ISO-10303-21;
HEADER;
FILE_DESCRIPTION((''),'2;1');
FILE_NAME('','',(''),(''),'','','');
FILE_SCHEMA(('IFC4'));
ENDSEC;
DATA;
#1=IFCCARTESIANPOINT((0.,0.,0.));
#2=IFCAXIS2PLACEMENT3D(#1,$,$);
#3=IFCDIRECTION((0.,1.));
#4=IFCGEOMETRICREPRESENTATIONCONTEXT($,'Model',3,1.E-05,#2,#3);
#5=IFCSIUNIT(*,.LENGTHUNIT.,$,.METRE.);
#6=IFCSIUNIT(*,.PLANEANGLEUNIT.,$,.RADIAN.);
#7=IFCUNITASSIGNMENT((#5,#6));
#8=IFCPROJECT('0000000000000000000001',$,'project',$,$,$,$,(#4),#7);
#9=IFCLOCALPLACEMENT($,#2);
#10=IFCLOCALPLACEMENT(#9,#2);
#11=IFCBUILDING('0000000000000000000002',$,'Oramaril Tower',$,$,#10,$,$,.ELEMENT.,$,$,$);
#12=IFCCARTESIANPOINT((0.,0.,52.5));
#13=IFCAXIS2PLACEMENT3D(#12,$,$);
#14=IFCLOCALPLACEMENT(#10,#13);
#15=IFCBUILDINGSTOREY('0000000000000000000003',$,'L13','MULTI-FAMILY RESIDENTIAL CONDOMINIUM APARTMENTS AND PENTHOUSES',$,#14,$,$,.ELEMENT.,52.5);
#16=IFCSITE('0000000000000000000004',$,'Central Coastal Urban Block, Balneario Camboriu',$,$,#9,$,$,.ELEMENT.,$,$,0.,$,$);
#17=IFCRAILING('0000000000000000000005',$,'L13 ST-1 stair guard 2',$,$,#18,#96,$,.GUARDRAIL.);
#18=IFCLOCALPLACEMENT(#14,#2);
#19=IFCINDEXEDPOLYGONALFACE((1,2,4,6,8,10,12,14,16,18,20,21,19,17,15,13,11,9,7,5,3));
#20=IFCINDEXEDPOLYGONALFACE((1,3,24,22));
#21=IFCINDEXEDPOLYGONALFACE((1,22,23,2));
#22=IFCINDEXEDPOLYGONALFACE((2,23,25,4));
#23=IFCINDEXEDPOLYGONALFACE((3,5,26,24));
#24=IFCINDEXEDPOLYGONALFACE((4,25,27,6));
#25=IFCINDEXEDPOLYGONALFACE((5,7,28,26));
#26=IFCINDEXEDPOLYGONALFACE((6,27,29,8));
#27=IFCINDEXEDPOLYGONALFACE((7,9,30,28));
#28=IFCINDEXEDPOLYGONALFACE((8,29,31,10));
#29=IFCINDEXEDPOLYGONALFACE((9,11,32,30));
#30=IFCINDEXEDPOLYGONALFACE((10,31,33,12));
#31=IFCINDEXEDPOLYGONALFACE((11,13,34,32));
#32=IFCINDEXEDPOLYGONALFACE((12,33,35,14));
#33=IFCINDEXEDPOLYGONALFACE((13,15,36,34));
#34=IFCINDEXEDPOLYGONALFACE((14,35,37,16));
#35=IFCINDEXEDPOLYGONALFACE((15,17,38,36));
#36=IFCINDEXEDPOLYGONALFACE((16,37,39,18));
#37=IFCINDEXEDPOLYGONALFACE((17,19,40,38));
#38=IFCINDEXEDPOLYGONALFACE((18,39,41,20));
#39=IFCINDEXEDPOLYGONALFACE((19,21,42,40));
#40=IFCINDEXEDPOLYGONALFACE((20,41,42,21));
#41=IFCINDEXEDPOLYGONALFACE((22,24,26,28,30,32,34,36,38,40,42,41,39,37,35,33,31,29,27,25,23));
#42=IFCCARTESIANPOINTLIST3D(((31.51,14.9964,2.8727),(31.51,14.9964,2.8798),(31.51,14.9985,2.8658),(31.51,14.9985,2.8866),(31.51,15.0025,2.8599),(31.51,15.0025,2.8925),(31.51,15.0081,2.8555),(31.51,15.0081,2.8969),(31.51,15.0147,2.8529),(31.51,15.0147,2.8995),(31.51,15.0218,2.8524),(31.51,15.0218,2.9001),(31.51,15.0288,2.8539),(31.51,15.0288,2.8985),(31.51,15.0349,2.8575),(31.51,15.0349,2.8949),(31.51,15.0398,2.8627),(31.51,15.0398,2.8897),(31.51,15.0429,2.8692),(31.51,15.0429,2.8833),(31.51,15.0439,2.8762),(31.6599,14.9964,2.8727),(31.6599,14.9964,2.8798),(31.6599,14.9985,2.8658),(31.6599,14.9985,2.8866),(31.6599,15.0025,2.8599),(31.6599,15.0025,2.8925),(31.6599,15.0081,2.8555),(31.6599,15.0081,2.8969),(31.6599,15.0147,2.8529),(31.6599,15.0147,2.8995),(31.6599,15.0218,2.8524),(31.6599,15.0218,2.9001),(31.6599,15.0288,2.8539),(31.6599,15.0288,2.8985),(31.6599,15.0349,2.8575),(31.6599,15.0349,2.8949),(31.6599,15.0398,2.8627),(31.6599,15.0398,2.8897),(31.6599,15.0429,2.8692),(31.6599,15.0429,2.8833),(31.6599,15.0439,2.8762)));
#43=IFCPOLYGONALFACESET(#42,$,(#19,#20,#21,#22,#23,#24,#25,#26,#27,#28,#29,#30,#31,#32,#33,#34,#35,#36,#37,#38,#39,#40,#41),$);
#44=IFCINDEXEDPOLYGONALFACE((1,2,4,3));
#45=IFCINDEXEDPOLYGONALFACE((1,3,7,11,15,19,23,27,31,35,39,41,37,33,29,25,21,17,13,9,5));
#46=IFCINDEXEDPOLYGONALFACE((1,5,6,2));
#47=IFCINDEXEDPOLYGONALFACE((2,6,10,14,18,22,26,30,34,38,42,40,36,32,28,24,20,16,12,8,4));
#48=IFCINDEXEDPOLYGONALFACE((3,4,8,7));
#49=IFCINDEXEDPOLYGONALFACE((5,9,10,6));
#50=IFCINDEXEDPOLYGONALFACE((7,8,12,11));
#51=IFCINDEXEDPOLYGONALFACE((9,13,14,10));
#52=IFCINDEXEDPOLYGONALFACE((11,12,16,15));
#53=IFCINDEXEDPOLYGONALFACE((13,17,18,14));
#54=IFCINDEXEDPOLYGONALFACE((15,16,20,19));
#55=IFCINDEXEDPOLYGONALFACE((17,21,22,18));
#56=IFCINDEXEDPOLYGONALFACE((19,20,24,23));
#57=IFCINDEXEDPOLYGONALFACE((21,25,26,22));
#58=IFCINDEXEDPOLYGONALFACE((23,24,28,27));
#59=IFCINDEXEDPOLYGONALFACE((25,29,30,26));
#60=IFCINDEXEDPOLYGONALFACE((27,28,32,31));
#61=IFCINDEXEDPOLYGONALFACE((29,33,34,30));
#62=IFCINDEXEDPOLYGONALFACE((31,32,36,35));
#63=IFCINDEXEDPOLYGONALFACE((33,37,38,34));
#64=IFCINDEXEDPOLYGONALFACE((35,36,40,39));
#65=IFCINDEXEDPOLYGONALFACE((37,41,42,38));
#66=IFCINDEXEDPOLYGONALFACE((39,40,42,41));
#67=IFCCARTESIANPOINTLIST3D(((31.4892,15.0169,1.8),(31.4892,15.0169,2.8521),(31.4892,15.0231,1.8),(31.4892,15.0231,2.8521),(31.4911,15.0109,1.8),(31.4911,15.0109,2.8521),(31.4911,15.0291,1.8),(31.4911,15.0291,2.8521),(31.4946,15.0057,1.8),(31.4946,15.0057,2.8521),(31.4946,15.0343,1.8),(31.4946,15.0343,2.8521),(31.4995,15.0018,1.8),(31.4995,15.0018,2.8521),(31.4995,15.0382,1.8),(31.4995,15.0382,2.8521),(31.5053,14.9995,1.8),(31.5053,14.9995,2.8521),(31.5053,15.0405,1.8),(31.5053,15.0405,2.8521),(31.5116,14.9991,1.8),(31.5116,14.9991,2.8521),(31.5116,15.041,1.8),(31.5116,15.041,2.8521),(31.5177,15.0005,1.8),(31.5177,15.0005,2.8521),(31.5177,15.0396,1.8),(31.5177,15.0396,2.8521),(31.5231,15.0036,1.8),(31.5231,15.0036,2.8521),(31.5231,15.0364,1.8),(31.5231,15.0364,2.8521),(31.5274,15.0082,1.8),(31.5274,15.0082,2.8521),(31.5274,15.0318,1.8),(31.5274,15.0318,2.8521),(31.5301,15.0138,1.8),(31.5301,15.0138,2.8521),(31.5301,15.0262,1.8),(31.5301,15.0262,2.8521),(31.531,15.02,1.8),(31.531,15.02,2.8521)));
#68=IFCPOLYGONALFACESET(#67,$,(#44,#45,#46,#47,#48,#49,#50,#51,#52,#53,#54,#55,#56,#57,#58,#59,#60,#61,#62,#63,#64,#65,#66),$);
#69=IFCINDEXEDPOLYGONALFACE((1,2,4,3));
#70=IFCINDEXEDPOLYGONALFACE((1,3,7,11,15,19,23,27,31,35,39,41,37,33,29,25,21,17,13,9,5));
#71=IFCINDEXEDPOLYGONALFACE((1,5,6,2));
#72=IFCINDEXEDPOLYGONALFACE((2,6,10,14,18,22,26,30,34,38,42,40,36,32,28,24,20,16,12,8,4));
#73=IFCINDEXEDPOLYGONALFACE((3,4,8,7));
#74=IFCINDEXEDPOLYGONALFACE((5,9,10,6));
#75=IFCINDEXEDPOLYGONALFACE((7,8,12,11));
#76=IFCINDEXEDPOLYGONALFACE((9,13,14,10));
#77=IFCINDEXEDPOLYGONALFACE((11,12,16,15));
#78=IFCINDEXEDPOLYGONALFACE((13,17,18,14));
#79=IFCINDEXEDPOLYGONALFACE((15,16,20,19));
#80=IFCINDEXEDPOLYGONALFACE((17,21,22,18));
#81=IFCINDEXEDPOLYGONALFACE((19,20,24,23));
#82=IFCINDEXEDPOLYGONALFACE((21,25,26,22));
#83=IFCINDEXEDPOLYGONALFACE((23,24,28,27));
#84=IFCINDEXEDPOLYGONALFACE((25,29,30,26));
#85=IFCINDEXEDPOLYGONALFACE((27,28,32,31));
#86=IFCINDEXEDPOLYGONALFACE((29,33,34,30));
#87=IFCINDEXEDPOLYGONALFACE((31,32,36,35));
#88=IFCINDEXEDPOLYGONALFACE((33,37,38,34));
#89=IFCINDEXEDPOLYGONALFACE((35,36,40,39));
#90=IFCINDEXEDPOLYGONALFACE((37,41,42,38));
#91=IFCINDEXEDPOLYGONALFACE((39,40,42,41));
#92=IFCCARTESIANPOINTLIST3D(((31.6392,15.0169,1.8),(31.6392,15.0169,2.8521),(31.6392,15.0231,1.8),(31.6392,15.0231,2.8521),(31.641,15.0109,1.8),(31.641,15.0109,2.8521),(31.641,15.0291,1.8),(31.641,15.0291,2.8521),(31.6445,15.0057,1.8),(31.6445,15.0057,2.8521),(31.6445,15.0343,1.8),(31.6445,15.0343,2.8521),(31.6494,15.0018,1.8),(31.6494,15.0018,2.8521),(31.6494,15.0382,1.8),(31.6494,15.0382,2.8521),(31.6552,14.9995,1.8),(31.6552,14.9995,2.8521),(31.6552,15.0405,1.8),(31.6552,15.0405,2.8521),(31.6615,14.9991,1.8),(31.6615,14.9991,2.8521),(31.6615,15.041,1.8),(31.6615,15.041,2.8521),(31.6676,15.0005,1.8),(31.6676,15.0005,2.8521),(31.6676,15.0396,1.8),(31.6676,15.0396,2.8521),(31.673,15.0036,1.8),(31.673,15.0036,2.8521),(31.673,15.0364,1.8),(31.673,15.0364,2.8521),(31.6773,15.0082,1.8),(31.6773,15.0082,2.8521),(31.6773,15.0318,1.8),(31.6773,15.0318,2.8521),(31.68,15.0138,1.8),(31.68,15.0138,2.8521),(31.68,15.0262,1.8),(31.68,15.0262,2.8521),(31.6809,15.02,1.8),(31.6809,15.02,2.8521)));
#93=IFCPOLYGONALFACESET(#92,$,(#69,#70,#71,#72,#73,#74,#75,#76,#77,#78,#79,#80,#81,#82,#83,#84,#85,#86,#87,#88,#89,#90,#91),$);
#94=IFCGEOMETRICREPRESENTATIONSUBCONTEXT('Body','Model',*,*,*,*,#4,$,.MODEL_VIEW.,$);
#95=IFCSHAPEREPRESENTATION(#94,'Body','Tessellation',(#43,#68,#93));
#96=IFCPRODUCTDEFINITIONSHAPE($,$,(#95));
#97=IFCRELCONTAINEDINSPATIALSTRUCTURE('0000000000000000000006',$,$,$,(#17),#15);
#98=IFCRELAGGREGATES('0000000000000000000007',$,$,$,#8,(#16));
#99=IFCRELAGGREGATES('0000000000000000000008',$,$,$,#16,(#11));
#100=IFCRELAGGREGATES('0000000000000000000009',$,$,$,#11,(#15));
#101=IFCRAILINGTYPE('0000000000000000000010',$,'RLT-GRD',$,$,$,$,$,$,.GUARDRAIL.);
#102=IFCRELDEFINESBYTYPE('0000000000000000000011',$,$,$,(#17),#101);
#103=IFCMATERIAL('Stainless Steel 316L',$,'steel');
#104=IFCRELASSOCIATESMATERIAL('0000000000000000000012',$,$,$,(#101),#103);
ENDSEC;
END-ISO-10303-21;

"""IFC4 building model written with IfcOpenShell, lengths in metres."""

from ifc_helpers import new_model, si_unit, direction, frame, origin, origin_2d, place, context, subcontext, project, spatial, circle, extrude, material, type_object, element, save


model = new_model("IFC4")

# Units and contexts
model_context = context("Model", 3, precision=1e-05, world=origin(), true_north=direction((0.0, 1.0)))
body_context = subcontext(model_context, "Body", "Model", "MODEL_VIEW")
ifc_project = project(units=[si_unit("LENGTHUNIT", "METRE"), si_unit("PLANEANGLEUNIT", "RADIAN")], contexts=[model_context])

# Site, building, storey
site_placement = place(None, origin())
site = spatial("IfcSite", under=ifc_project, at=site_placement, Name="Central Coastal Urban Block, Balneario Camboriu", CompositionType="ELEMENT", RefElevation=0.0)
building_placement = place(site_placement, origin())
building = spatial("IfcBuilding", under=site, at=building_placement, Name="Oramaril Tower", CompositionType="ELEMENT")
storey_placement = place(building_placement, frame((0.0, 0.0, 52.5)))
storey = spatial("IfcBuildingStorey", under=building, at=storey_placement, Name="L13", Description="MULTI-FAMILY RESIDENTIAL CONDOMINIUM APARTMENTS AND PENTHOUSES", CompositionType="ELEMENT", Elevation=52.5)

# Railing
ifc_material_1 = material(Name="Stainless Steel 316L", Category="steel")
railing_type_1 = type_object("IfcRailingType", Name="RLT-GRD", PredefinedType="GUARDRAIL", material=ifc_material_1)
railing_1_placement = place(storey_placement, frame((31.51, 15.02, 1.8)))
element("IfcRailing", 1, at=railing_1_placement, inside=storey, type_object=railing_type_1, Name="L13 ST-1 stair guard 2", PredefinedType="GUARDRAIL", context=body_context, shape_type="SweptSolid", body=[
    extrude(circle(Radius=0.0239, at=origin_2d()), frame((0.0, 0.0, 1.0762), z_axis=(1.0, 0.0, 0.0), x_axis=(0.0, 1.0, 0.0)), (0.0, 0.0, 1.0), 0.1499),
    extrude(circle(Radius=0.021, at=origin_2d()), origin(), (0.0, 0.0, 1.0), 1.052),
    extrude(circle(Radius=0.021, at=origin_2d()), frame((0.1499, 0.0, 0.0)), (0.0, 0.0, 1.0), 1.052),
])

save(model, "model.ifc")
